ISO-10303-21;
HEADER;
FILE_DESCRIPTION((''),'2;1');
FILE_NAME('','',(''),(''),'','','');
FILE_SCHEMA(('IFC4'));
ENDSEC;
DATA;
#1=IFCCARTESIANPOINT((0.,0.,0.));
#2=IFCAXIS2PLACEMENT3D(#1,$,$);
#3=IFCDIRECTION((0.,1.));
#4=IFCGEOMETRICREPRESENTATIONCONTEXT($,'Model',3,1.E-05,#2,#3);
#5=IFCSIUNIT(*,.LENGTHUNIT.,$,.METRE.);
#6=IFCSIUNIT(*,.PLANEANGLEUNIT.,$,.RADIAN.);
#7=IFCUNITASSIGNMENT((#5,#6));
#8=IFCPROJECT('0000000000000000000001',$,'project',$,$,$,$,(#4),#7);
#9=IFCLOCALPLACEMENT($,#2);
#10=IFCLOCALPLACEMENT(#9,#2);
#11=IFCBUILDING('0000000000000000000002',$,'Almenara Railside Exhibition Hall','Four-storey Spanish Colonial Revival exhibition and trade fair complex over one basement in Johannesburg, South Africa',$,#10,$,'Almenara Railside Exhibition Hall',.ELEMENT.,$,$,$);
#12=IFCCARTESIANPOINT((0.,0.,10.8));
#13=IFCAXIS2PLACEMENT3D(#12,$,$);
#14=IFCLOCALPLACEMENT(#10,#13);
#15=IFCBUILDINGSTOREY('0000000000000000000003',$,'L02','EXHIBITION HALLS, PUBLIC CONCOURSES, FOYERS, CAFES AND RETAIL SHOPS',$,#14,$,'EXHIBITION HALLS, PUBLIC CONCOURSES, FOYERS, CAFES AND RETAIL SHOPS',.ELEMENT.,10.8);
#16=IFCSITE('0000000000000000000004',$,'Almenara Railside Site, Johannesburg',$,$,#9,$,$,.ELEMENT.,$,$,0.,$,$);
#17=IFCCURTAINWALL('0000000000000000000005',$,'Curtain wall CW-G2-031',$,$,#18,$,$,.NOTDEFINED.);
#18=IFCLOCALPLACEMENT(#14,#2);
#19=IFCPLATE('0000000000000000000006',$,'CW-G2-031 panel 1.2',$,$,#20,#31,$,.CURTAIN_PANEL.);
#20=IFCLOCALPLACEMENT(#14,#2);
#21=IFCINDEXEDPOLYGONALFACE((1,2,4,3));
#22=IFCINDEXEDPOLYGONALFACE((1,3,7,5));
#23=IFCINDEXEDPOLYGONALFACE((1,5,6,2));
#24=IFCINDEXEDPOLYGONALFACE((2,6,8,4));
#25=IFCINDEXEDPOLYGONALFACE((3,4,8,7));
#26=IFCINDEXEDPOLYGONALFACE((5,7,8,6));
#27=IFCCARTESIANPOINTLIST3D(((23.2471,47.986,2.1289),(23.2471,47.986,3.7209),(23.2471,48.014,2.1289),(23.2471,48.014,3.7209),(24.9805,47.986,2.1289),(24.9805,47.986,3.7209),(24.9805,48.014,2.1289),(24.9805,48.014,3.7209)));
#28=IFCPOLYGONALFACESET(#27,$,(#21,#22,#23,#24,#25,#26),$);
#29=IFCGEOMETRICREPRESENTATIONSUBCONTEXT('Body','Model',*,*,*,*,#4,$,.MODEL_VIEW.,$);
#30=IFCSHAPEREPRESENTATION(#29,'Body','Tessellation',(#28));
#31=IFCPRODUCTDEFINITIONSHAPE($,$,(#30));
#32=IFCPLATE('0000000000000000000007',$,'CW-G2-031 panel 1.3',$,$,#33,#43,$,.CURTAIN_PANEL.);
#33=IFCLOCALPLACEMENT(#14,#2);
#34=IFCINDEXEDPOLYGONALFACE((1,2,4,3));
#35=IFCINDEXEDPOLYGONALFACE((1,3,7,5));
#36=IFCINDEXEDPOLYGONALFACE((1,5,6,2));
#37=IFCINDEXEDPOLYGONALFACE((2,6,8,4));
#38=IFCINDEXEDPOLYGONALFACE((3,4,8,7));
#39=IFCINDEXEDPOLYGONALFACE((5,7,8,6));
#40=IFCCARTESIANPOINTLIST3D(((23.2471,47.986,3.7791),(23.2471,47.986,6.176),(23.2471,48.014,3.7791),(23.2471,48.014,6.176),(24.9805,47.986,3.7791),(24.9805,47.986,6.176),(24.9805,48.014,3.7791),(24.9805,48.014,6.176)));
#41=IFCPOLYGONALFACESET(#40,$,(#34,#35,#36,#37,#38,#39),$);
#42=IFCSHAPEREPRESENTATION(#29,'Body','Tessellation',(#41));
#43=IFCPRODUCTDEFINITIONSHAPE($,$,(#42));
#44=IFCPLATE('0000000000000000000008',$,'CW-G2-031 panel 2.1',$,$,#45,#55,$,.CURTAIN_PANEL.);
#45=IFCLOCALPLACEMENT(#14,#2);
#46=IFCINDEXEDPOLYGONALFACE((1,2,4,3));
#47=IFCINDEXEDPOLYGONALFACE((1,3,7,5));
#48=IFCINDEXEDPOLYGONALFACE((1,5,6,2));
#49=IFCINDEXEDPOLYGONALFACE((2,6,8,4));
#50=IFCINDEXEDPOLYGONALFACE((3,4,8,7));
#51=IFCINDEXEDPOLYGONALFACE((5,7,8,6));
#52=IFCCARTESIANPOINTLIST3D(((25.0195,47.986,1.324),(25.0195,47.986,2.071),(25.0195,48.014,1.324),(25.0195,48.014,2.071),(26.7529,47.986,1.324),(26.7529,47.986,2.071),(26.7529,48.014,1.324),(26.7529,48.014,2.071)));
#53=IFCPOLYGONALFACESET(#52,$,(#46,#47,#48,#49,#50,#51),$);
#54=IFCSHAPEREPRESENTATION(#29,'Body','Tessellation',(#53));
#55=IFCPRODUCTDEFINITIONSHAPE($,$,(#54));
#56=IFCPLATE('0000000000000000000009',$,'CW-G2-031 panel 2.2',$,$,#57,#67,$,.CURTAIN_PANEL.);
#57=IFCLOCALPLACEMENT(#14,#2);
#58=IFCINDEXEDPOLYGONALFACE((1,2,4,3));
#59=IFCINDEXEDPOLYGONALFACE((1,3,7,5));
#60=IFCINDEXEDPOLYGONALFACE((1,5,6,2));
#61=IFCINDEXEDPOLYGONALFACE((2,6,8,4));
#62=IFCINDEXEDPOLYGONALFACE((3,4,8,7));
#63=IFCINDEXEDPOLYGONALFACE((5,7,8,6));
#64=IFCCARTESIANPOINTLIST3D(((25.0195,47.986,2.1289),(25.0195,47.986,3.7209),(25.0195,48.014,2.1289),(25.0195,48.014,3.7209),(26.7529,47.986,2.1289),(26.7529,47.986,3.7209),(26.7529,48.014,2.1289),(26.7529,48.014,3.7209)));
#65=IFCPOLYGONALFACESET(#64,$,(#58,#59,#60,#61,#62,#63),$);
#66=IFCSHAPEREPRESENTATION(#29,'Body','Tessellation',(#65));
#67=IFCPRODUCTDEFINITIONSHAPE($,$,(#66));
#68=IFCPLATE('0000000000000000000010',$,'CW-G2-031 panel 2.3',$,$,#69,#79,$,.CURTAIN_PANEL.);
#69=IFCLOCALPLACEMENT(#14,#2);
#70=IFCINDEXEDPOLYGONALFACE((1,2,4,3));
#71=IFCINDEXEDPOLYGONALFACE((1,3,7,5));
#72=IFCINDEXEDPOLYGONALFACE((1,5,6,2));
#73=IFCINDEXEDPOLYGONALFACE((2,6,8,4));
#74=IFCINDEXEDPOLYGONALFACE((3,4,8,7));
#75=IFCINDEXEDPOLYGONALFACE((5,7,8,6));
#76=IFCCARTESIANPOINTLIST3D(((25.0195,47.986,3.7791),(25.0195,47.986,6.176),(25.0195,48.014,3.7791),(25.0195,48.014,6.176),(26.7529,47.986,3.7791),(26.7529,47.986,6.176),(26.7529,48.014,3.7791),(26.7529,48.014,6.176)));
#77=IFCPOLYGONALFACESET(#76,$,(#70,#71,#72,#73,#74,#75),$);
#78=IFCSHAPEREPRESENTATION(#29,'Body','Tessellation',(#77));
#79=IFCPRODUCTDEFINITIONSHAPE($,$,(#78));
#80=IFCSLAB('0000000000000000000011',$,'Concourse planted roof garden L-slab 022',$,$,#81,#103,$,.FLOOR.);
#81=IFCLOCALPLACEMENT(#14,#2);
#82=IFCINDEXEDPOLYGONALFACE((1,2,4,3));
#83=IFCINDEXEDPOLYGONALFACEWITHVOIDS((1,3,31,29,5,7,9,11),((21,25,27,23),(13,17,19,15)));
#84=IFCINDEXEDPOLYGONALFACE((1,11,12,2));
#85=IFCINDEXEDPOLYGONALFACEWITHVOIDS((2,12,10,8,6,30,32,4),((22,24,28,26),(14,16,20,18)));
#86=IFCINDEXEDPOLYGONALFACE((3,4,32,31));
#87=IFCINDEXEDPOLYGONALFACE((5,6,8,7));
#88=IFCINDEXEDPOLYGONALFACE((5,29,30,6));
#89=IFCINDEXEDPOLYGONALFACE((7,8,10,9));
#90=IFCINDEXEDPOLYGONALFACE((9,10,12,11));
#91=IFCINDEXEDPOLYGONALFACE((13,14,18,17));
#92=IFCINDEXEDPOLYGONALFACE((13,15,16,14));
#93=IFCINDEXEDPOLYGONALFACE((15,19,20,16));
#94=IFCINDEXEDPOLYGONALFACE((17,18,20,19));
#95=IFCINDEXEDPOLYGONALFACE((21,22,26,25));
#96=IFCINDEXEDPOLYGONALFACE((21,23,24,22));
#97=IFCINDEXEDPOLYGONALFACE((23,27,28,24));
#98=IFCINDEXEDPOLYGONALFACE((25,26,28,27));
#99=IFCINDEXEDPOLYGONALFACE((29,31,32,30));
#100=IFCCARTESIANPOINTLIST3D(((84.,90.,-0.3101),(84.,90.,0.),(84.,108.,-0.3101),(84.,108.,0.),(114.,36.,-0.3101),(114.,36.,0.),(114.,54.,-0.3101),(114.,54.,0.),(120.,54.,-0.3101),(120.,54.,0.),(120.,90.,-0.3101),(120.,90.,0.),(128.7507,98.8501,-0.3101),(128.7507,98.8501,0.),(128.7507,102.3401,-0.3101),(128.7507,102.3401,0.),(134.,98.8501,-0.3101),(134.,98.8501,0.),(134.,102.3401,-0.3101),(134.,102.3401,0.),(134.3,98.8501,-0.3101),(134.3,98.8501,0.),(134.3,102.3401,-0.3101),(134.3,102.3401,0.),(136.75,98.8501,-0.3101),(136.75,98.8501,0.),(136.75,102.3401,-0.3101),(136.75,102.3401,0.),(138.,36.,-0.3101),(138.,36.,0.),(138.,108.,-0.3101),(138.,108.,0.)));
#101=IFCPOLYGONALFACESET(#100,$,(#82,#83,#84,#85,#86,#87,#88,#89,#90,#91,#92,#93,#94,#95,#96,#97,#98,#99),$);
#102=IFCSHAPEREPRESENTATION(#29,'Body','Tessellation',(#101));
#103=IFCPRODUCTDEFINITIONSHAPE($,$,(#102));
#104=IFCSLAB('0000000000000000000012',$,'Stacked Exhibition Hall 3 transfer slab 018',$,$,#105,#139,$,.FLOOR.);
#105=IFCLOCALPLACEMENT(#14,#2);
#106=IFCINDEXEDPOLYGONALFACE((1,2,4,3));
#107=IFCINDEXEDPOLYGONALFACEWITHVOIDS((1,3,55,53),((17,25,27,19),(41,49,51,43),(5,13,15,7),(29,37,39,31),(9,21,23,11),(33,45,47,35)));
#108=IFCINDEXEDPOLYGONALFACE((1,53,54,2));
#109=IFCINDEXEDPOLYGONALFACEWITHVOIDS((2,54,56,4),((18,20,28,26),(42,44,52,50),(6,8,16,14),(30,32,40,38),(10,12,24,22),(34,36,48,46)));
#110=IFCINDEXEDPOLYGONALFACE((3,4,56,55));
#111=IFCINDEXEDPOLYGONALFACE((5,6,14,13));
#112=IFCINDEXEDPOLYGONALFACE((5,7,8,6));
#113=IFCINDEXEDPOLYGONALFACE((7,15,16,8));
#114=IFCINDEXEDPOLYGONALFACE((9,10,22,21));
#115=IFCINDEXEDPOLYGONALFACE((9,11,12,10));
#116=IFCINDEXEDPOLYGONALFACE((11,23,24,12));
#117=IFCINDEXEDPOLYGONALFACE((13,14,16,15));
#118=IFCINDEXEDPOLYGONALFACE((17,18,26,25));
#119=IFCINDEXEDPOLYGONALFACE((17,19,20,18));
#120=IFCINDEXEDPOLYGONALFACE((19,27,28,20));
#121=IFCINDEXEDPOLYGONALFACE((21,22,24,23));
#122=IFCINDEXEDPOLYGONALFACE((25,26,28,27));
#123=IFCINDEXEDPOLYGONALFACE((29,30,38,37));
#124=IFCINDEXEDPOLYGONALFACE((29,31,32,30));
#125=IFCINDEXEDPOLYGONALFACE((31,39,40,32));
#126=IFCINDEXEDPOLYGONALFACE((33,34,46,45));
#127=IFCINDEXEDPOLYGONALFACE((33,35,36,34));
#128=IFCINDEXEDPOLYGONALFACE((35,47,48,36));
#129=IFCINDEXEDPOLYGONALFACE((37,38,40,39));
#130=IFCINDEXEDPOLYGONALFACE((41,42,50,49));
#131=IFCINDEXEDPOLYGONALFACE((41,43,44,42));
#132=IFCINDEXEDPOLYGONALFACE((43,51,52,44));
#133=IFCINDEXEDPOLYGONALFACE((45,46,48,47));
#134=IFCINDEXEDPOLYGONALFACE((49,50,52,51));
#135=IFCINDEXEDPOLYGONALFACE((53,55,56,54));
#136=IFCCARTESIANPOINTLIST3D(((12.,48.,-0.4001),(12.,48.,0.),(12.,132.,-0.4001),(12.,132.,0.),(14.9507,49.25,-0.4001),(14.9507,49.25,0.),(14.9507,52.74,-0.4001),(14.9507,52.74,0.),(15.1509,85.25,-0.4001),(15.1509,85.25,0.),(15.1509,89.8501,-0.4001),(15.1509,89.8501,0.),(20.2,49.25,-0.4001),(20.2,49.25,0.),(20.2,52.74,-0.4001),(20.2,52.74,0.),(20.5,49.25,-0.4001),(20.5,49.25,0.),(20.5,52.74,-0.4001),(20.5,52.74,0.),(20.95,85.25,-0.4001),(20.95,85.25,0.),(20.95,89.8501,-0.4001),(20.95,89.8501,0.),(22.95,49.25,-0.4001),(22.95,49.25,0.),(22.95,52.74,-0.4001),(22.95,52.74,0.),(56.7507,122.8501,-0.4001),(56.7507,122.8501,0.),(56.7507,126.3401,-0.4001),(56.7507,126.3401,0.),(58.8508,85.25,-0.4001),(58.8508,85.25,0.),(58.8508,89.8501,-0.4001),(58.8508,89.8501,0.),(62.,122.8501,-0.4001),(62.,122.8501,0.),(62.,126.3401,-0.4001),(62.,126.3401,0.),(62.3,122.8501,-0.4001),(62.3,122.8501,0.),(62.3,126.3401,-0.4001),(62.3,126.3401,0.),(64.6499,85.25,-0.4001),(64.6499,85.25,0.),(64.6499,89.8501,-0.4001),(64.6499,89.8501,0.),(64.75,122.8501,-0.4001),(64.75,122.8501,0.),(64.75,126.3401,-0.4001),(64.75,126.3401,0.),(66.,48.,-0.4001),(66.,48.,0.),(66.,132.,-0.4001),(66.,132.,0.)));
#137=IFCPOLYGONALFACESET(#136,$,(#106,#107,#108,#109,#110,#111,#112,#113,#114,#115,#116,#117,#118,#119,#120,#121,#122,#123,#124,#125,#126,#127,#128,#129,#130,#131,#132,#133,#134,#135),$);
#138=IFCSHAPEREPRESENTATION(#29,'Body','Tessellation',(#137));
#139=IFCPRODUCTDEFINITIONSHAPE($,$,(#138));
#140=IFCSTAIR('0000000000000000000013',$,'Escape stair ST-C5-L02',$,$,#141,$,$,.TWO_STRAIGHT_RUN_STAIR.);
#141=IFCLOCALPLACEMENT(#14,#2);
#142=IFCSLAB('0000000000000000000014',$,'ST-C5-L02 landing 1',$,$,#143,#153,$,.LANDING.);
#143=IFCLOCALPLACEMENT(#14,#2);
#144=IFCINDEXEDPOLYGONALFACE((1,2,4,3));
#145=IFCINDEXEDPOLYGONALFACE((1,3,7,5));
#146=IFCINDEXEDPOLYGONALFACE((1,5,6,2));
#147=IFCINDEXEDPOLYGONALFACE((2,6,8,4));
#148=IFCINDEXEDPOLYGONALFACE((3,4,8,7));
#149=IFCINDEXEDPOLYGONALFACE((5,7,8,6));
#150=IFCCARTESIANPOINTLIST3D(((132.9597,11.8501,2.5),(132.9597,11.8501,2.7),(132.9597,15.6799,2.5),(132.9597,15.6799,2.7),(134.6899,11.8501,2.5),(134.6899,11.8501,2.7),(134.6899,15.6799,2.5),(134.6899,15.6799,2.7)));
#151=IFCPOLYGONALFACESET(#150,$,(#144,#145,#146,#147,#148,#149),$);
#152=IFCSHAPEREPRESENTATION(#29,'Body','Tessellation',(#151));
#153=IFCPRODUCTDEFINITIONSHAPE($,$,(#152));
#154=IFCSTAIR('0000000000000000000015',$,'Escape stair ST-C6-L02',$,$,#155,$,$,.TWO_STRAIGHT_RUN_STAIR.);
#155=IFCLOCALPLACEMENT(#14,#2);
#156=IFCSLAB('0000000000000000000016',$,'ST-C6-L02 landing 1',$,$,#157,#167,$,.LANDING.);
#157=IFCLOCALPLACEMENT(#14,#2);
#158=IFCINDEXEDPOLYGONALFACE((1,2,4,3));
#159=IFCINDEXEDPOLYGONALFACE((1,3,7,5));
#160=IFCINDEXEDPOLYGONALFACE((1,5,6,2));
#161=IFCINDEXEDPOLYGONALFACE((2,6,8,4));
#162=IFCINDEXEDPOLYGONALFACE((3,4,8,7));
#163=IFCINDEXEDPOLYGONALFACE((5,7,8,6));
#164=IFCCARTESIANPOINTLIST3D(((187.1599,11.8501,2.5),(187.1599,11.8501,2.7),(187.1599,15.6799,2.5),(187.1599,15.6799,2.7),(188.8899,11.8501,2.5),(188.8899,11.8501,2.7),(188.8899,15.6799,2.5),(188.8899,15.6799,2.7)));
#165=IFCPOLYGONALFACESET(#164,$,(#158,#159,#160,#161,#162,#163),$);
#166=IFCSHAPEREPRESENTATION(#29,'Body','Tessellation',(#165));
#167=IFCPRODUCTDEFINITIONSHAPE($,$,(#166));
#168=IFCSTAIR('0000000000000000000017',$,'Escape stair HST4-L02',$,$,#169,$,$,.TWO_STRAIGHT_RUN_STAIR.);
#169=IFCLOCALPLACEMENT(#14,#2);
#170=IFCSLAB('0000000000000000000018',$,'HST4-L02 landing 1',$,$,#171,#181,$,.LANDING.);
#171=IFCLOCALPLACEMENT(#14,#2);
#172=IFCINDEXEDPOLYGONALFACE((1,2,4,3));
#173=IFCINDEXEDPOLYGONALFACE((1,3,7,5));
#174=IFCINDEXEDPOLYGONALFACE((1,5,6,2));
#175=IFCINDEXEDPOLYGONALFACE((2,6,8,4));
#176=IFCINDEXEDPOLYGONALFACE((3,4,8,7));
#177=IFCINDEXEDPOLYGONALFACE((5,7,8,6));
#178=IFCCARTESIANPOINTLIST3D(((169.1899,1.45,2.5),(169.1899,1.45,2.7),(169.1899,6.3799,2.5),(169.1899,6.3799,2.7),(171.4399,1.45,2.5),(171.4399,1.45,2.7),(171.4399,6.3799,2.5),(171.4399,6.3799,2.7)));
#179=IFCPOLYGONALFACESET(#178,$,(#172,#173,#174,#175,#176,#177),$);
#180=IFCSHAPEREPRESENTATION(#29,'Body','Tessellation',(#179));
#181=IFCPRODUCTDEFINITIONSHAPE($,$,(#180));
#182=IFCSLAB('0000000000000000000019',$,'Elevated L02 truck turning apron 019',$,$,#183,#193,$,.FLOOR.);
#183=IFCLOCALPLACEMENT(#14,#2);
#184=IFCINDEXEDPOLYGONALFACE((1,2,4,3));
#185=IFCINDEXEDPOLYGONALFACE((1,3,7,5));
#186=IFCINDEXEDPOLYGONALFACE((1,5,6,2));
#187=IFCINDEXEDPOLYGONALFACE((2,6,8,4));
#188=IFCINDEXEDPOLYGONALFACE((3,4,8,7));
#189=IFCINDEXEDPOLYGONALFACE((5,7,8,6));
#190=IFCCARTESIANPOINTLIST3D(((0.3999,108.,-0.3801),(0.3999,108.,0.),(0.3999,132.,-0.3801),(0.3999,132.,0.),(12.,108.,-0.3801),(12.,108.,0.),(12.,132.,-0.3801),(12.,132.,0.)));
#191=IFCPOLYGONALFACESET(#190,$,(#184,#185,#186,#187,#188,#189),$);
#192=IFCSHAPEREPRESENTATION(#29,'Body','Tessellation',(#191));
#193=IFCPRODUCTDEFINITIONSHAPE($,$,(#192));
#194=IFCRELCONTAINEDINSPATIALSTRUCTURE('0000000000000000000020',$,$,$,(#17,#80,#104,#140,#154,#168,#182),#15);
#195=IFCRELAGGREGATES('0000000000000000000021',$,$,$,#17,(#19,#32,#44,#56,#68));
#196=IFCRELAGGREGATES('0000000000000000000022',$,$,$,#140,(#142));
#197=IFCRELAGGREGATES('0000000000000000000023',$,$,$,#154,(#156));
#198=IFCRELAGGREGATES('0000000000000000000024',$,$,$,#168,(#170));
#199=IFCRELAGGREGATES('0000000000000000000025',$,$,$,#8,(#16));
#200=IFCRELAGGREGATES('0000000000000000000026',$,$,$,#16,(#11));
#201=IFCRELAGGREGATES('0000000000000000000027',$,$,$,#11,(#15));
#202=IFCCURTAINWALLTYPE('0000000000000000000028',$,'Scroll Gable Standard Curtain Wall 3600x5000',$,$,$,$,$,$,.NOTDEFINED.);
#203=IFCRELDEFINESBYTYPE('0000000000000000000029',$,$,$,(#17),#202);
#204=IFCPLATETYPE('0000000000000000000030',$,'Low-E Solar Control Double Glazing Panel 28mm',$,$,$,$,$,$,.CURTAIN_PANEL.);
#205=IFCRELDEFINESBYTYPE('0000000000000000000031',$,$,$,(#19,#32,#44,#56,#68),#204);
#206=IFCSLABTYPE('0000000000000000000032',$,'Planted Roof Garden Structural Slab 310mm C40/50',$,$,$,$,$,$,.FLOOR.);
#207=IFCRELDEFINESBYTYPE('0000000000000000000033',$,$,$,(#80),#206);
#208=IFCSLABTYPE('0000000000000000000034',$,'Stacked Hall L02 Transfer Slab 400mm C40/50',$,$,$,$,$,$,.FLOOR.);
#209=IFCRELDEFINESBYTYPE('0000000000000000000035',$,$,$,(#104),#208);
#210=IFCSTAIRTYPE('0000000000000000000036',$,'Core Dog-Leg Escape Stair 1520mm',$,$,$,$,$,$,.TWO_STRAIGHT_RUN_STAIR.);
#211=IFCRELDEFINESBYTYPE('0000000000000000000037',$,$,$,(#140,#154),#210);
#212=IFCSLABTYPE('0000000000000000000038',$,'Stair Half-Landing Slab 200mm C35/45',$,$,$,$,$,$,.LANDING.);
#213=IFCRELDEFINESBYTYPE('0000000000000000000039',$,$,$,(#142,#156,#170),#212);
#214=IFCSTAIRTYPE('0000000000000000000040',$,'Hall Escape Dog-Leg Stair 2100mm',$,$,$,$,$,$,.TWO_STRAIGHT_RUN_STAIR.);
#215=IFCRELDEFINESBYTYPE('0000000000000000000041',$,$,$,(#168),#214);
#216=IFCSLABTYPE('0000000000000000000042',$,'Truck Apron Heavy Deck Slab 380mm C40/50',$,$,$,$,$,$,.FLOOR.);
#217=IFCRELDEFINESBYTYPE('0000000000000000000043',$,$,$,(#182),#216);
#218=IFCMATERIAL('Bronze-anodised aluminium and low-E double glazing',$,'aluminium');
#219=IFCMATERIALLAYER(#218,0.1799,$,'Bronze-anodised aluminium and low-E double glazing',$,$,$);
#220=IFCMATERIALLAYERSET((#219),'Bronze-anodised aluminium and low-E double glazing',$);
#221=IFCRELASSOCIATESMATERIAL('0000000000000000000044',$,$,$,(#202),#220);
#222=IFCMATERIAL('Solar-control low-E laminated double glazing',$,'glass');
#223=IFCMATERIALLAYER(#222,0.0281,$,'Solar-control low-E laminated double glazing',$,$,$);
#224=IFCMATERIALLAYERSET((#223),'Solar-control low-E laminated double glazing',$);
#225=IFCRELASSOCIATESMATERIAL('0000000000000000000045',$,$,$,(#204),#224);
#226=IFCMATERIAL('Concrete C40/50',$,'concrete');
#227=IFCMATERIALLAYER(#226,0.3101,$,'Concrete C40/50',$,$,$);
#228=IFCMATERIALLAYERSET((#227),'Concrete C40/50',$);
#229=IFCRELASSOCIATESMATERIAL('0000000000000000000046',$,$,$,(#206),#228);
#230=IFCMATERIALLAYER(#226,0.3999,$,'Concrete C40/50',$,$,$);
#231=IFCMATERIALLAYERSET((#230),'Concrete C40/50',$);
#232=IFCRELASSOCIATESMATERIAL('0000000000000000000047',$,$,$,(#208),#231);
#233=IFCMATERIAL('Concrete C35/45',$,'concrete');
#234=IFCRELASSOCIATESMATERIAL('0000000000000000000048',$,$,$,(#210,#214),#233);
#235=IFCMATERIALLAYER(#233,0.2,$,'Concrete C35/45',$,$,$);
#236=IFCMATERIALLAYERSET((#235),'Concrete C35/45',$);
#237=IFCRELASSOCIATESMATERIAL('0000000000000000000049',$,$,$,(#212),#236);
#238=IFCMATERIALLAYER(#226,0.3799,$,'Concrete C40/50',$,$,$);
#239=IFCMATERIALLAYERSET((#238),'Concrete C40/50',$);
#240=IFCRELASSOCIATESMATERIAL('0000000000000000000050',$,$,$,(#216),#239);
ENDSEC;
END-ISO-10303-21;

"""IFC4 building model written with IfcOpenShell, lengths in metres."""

from ifc_helpers import new_model, si_unit, direction, frame, origin, origin_2d, place, context, subcontext, project, spatial, polyline, rectangle, outline, extrude, material, layer, layer_set, type_object, element, aggregate, save


model = new_model("IFC4")

# Units and contexts
model_context = context("Model", 3, precision=1e-05, world=origin(), true_north=direction((0.0, 1.0)))
body_context = subcontext(model_context, "Body", "Model", "MODEL_VIEW")
ifc_project = project(units=[si_unit("LENGTHUNIT", "METRE"), si_unit("PLANEANGLEUNIT", "RADIAN")], contexts=[model_context])

# Site, building, storey
site_placement = place(None, origin())
site = spatial("IfcSite", under=ifc_project, at=site_placement, Name="Almenara Railside Site, Johannesburg", CompositionType="ELEMENT", RefElevation=0.0)
building_placement = place(site_placement, origin())
building = spatial("IfcBuilding", under=site, at=building_placement, Name="Almenara Railside Exhibition Hall", Description="Four-storey Spanish Colonial Revival exhibition and trade fair complex over one basement in Johannesburg, South Africa", LongName="Almenara Railside Exhibition Hall", CompositionType="ELEMENT")
storey_placement = place(building_placement, frame((0.0, 0.0, 10.8)))
storey = spatial("IfcBuildingStorey", under=building, at=storey_placement, Name="L02", Description="EXHIBITION HALLS, PUBLIC CONCOURSES, FOYERS, CAFES AND RETAIL SHOPS", LongName="EXHIBITION HALLS, PUBLIC CONCOURSES, FOYERS, CAFES AND RETAIL SHOPS", CompositionType="ELEMENT", Elevation=10.8)

# Shared definitions
ifc_material_1 = material(Name="Concrete C40/50", Category="concrete")

# Curtain wall
ifc_material_2 = material(Name="Bronze-anodised aluminium and low-E double glazing", Category="aluminium")
ifc_layer_1 = layer(ifc_material_2, 0.1799, Name="Bronze-anodised aluminium and low-E double glazing")
ifc_layer_set_1 = layer_set([ifc_layer_1], Name="Bronze-anodised aluminium and low-E double glazing")
curtain_wall_type = type_object("IfcCurtainWallType", Name="Scroll Gable Standard Curtain Wall 3600x5000", PredefinedType="NOTDEFINED", material=ifc_layer_set_1)
curtain_wall_1_placement = place(storey_placement, origin())
curtain_wall_1 = element("IfcCurtainWall", 1, at=curtain_wall_1_placement, inside=storey, type_object=curtain_wall_type, Name="Curtain wall CW-G2-031", PredefinedType="NOTDEFINED")

# Shared definitions
ifc_material_3 = material(Name="Concrete C35/45", Category="concrete")

# Plates
ifc_material_4 = material(Name="Solar-control low-E laminated double glazing", Category="glass")
ifc_layer_2 = layer(ifc_material_4, 0.0281, Name="Solar-control low-E laminated double glazing")
ifc_layer_set_2 = layer_set([ifc_layer_2], Name="Solar-control low-E laminated double glazing")
plate_type = type_object("IfcPlateType", Name="Low-E Solar Control Double Glazing Panel 28mm", PredefinedType="CURTAIN_PANEL", material=ifc_layer_set_2)
plate_1_placement = place(storey_placement, frame((24.1138, 48.0, 2.1289), z_axis=(0.0, 0.0, 1.0), x_axis=(1.0, 0.0, 0.0)))
plate_1 = element("IfcPlate", 2, at=plate_1_placement, type_object=plate_type, Name="CW-G2-031 panel 1.2", PredefinedType="CURTAIN_PANEL", context=body_context, shape_type="SweptSolid", body=[
    extrude(rectangle(XDim=1.7334, YDim=0.0281, at=origin_2d()), origin(), (0.0, 0.0, 1.0), 1.592),
])
plate_2_placement = place(storey_placement, frame((24.1138, 48.0, 3.7791), z_axis=(0.0, 0.0, 1.0), x_axis=(1.0, 0.0, 0.0)))
plate_2 = element("IfcPlate", 3, at=plate_2_placement, type_object=plate_type, Name="CW-G2-031 panel 1.3", PredefinedType="CURTAIN_PANEL", context=body_context, shape_type="SweptSolid", body=[
    extrude(rectangle(XDim=1.7334, YDim=0.0281, at=origin_2d()), origin(), (0.0, 0.0, 1.0), 2.397),
])
plate_3_placement = place(storey_placement, frame((25.8862, 48.0, 1.324), z_axis=(0.0, 0.0, 1.0), x_axis=(1.0, 0.0, 0.0)))
plate_3 = element("IfcPlate", 4, at=plate_3_placement, type_object=plate_type, Name="CW-G2-031 panel 2.1", PredefinedType="CURTAIN_PANEL", context=body_context, shape_type="SweptSolid", body=[
    extrude(rectangle(XDim=1.7334, YDim=0.0281, at=origin_2d()), origin(), (0.0, 0.0, 1.0), 0.7471),
])
plate_4_placement = place(storey_placement, frame((25.8862, 48.0, 2.1289), z_axis=(0.0, 0.0, 1.0), x_axis=(1.0, 0.0, 0.0)))
plate_4 = element("IfcPlate", 5, at=plate_4_placement, type_object=plate_type, Name="CW-G2-031 panel 2.2", PredefinedType="CURTAIN_PANEL", context=body_context, shape_type="SweptSolid", body=[
    extrude(rectangle(XDim=1.7334, YDim=0.0281, at=origin_2d()), origin(), (0.0, 0.0, 1.0), 1.592),
])
plate_5_placement = place(storey_placement, frame((25.8862, 48.0, 3.7791), z_axis=(0.0, 0.0, 1.0), x_axis=(1.0, 0.0, 0.0)))
plate_5 = element("IfcPlate", 6, at=plate_5_placement, type_object=plate_type, Name="CW-G2-031 panel 2.3", PredefinedType="CURTAIN_PANEL", context=body_context, shape_type="SweptSolid", body=[
    extrude(rectangle(XDim=1.7334, YDim=0.0281, at=origin_2d()), origin(), (0.0, 0.0, 1.0), 2.397),
])
aggregate(curtain_wall_1, [plate_1, plate_2, plate_3, plate_4, plate_5])

# Slabs
ifc_layer_3 = layer(ifc_material_1, 0.3101, Name="Concrete C40/50")
ifc_layer_set_3 = layer_set([ifc_layer_3], Name="Concrete C40/50")
slab_type_1 = type_object("IfcSlabType", Name="Planted Roof Garden Structural Slab 310mm C40/50", PredefinedType="FLOOR", material=ifc_layer_set_3)
slab_1_placement = place(storey_placement, frame((0.0, 0.0, -0.3101)))
element("IfcSlab", 7, at=slab_1_placement, inside=storey, type_object=slab_type_1, Name="Concourse planted roof garden L-slab 022", PredefinedType="FLOOR", context=body_context, shape_type="SweptSolid", body=[
    extrude(outline(polyline([(114.0, 36.0), (138.0, 36.0), (138.0, 108.0), (84.0, 108.0), (84.0, 90.0), (120.0, 90.0), (120.0, 54.0), (114.0, 54.0), (114.0, 36.0)]), holes=[polyline([(128.7507, 98.8501), (134.0, 98.8501), (134.0, 102.3401), (128.7507, 102.3401), (128.7507, 98.8501)]), polyline([(134.3, 98.8501), (136.75, 98.8501), (136.75, 102.3401), (134.3, 102.3401), (134.3, 98.8501)])]), origin(), (0.0, 0.0, 1.0), 0.3101),
])
ifc_layer_4 = layer(ifc_material_1, 0.3999, Name="Concrete C40/50")
ifc_layer_set_4 = layer_set([ifc_layer_4], Name="Concrete C40/50")
slab_type_2 = type_object("IfcSlabType", Name="Stacked Hall L02 Transfer Slab 400mm C40/50", PredefinedType="FLOOR", material=ifc_layer_set_4)
slab_2_placement = place(storey_placement, frame((0.0, 0.0, -0.4001)))
element("IfcSlab", 8, at=slab_2_placement, inside=storey, type_object=slab_type_2, Name="Stacked Exhibition Hall 3 transfer slab 018", PredefinedType="FLOOR", context=body_context, shape_type="SweptSolid", body=[
    extrude(outline(polyline([(12.0, 48.0), (66.0, 48.0), (66.0, 132.0), (12.0, 132.0), (12.0, 48.0)]), holes=[polyline([(14.9507, 49.25), (20.2, 49.25), (20.2, 52.74), (14.9507, 52.74), (14.9507, 49.25)]), polyline([(20.5, 49.25), (22.95, 49.25), (22.95, 52.74), (20.5, 52.74), (20.5, 49.25)]), polyline([(56.7507, 122.8501), (62.0, 122.8501), (62.0, 126.3401), (56.7507, 126.3401), (56.7507, 122.8501)]), polyline([(62.3, 122.8501), (64.75, 122.8501), (64.75, 126.3401), (62.3, 126.3401), (62.3, 122.8501)]), polyline([(15.1509, 85.25), (20.95, 85.25), (20.95, 89.8501), (15.1509, 89.8501), (15.1509, 85.25)]), polyline([(58.8508, 85.25), (64.6499, 85.25), (64.6499, 89.8501), (58.8508, 89.8501), (58.8508, 85.25)])]), origin(), (0.0, 0.0, 1.0), 0.4001),
])

# Stairs, slabs
stair_type_1 = type_object("IfcStairType", Name="Core Dog-Leg Escape Stair 1520mm", PredefinedType="TWO_STRAIGHT_RUN_STAIR", material=ifc_material_3)
stair_1_placement = place(storey_placement, origin())
stair_1 = element("IfcStair", 9, at=stair_1_placement, inside=storey, type_object=stair_type_1, Name="Escape stair ST-C5-L02", PredefinedType="TWO_STRAIGHT_RUN_STAIR")
ifc_layer_5 = layer(ifc_material_3, 0.2, Name="Concrete C35/45")
ifc_layer_set_5 = layer_set([ifc_layer_5], Name="Concrete C35/45")
slab_type_3 = type_object("IfcSlabType", Name="Stair Half-Landing Slab 200mm C35/45", PredefinedType="LANDING", material=ifc_layer_set_5)
slab_3_placement = place(storey_placement, frame((0.0, 0.0, 2.5)))
slab_3 = element("IfcSlab", 10, at=slab_3_placement, type_object=slab_type_3, Name="ST-C5-L02 landing 1", PredefinedType="LANDING", context=body_context, shape_type="SweptSolid", body=[
    extrude(outline(polyline([(132.9597, 11.8501), (134.6899, 11.8501), (134.6899, 15.6799), (132.9597, 15.6799), (132.9597, 11.8501)])), origin(), (0.0, 0.0, 1.0), 0.2),
])
aggregate(stair_1, [slab_3])
stair_2_placement = place(storey_placement, origin())
stair_2 = element("IfcStair", 11, at=stair_2_placement, inside=storey, type_object=stair_type_1, Name="Escape stair ST-C6-L02", PredefinedType="TWO_STRAIGHT_RUN_STAIR")
slab_4_placement = place(storey_placement, frame((0.0, 0.0, 2.5)))
slab_4 = element("IfcSlab", 12, at=slab_4_placement, type_object=slab_type_3, Name="ST-C6-L02 landing 1", PredefinedType="LANDING", context=body_context, shape_type="SweptSolid", body=[
    extrude(outline(polyline([(187.1599, 11.8501), (188.8899, 11.8501), (188.8899, 15.6799), (187.1599, 15.6799), (187.1599, 11.8501)])), origin(), (0.0, 0.0, 1.0), 0.2),
])
aggregate(stair_2, [slab_4])
stair_type_2 = type_object("IfcStairType", Name="Hall Escape Dog-Leg Stair 2100mm", PredefinedType="TWO_STRAIGHT_RUN_STAIR", material=ifc_material_3)
stair_3_placement = place(storey_placement, origin())
stair_3 = element("IfcStair", 13, at=stair_3_placement, inside=storey, type_object=stair_type_2, Name="Escape stair HST4-L02", PredefinedType="TWO_STRAIGHT_RUN_STAIR")
slab_5_placement = place(storey_placement, frame((0.0, 0.0, 2.5)))
slab_5 = element("IfcSlab", 14, at=slab_5_placement, type_object=slab_type_3, Name="HST4-L02 landing 1", PredefinedType="LANDING", context=body_context, shape_type="SweptSolid", body=[
    extrude(outline(polyline([(169.1899, 1.45), (171.4399, 1.45), (171.4399, 6.3799), (169.1899, 6.3799), (169.1899, 1.45)])), origin(), (0.0, 0.0, 1.0), 0.2),
])
aggregate(stair_3, [slab_5])

# Slab
ifc_layer_6 = layer(ifc_material_1, 0.3799, Name="Concrete C40/50")
ifc_layer_set_6 = layer_set([ifc_layer_6], Name="Concrete C40/50")
slab_type_4 = type_object("IfcSlabType", Name="Truck Apron Heavy Deck Slab 380mm C40/50", PredefinedType="FLOOR", material=ifc_layer_set_6)
slab_6_placement = place(storey_placement, frame((0.0, 0.0, -0.3801)))
element("IfcSlab", 15, at=slab_6_placement, inside=storey, type_object=slab_type_4, Name="Elevated L02 truck turning apron 019", PredefinedType="FLOOR", context=body_context, shape_type="SweptSolid", body=[
    extrude(outline(polyline([(0.3999, 108.0), (12.0, 108.0), (12.0, 132.0), (0.3999, 132.0), (0.3999, 108.0)])), origin(), (0.0, 0.0, 1.0), 0.3801),
])

save(model, "model.ifc")
